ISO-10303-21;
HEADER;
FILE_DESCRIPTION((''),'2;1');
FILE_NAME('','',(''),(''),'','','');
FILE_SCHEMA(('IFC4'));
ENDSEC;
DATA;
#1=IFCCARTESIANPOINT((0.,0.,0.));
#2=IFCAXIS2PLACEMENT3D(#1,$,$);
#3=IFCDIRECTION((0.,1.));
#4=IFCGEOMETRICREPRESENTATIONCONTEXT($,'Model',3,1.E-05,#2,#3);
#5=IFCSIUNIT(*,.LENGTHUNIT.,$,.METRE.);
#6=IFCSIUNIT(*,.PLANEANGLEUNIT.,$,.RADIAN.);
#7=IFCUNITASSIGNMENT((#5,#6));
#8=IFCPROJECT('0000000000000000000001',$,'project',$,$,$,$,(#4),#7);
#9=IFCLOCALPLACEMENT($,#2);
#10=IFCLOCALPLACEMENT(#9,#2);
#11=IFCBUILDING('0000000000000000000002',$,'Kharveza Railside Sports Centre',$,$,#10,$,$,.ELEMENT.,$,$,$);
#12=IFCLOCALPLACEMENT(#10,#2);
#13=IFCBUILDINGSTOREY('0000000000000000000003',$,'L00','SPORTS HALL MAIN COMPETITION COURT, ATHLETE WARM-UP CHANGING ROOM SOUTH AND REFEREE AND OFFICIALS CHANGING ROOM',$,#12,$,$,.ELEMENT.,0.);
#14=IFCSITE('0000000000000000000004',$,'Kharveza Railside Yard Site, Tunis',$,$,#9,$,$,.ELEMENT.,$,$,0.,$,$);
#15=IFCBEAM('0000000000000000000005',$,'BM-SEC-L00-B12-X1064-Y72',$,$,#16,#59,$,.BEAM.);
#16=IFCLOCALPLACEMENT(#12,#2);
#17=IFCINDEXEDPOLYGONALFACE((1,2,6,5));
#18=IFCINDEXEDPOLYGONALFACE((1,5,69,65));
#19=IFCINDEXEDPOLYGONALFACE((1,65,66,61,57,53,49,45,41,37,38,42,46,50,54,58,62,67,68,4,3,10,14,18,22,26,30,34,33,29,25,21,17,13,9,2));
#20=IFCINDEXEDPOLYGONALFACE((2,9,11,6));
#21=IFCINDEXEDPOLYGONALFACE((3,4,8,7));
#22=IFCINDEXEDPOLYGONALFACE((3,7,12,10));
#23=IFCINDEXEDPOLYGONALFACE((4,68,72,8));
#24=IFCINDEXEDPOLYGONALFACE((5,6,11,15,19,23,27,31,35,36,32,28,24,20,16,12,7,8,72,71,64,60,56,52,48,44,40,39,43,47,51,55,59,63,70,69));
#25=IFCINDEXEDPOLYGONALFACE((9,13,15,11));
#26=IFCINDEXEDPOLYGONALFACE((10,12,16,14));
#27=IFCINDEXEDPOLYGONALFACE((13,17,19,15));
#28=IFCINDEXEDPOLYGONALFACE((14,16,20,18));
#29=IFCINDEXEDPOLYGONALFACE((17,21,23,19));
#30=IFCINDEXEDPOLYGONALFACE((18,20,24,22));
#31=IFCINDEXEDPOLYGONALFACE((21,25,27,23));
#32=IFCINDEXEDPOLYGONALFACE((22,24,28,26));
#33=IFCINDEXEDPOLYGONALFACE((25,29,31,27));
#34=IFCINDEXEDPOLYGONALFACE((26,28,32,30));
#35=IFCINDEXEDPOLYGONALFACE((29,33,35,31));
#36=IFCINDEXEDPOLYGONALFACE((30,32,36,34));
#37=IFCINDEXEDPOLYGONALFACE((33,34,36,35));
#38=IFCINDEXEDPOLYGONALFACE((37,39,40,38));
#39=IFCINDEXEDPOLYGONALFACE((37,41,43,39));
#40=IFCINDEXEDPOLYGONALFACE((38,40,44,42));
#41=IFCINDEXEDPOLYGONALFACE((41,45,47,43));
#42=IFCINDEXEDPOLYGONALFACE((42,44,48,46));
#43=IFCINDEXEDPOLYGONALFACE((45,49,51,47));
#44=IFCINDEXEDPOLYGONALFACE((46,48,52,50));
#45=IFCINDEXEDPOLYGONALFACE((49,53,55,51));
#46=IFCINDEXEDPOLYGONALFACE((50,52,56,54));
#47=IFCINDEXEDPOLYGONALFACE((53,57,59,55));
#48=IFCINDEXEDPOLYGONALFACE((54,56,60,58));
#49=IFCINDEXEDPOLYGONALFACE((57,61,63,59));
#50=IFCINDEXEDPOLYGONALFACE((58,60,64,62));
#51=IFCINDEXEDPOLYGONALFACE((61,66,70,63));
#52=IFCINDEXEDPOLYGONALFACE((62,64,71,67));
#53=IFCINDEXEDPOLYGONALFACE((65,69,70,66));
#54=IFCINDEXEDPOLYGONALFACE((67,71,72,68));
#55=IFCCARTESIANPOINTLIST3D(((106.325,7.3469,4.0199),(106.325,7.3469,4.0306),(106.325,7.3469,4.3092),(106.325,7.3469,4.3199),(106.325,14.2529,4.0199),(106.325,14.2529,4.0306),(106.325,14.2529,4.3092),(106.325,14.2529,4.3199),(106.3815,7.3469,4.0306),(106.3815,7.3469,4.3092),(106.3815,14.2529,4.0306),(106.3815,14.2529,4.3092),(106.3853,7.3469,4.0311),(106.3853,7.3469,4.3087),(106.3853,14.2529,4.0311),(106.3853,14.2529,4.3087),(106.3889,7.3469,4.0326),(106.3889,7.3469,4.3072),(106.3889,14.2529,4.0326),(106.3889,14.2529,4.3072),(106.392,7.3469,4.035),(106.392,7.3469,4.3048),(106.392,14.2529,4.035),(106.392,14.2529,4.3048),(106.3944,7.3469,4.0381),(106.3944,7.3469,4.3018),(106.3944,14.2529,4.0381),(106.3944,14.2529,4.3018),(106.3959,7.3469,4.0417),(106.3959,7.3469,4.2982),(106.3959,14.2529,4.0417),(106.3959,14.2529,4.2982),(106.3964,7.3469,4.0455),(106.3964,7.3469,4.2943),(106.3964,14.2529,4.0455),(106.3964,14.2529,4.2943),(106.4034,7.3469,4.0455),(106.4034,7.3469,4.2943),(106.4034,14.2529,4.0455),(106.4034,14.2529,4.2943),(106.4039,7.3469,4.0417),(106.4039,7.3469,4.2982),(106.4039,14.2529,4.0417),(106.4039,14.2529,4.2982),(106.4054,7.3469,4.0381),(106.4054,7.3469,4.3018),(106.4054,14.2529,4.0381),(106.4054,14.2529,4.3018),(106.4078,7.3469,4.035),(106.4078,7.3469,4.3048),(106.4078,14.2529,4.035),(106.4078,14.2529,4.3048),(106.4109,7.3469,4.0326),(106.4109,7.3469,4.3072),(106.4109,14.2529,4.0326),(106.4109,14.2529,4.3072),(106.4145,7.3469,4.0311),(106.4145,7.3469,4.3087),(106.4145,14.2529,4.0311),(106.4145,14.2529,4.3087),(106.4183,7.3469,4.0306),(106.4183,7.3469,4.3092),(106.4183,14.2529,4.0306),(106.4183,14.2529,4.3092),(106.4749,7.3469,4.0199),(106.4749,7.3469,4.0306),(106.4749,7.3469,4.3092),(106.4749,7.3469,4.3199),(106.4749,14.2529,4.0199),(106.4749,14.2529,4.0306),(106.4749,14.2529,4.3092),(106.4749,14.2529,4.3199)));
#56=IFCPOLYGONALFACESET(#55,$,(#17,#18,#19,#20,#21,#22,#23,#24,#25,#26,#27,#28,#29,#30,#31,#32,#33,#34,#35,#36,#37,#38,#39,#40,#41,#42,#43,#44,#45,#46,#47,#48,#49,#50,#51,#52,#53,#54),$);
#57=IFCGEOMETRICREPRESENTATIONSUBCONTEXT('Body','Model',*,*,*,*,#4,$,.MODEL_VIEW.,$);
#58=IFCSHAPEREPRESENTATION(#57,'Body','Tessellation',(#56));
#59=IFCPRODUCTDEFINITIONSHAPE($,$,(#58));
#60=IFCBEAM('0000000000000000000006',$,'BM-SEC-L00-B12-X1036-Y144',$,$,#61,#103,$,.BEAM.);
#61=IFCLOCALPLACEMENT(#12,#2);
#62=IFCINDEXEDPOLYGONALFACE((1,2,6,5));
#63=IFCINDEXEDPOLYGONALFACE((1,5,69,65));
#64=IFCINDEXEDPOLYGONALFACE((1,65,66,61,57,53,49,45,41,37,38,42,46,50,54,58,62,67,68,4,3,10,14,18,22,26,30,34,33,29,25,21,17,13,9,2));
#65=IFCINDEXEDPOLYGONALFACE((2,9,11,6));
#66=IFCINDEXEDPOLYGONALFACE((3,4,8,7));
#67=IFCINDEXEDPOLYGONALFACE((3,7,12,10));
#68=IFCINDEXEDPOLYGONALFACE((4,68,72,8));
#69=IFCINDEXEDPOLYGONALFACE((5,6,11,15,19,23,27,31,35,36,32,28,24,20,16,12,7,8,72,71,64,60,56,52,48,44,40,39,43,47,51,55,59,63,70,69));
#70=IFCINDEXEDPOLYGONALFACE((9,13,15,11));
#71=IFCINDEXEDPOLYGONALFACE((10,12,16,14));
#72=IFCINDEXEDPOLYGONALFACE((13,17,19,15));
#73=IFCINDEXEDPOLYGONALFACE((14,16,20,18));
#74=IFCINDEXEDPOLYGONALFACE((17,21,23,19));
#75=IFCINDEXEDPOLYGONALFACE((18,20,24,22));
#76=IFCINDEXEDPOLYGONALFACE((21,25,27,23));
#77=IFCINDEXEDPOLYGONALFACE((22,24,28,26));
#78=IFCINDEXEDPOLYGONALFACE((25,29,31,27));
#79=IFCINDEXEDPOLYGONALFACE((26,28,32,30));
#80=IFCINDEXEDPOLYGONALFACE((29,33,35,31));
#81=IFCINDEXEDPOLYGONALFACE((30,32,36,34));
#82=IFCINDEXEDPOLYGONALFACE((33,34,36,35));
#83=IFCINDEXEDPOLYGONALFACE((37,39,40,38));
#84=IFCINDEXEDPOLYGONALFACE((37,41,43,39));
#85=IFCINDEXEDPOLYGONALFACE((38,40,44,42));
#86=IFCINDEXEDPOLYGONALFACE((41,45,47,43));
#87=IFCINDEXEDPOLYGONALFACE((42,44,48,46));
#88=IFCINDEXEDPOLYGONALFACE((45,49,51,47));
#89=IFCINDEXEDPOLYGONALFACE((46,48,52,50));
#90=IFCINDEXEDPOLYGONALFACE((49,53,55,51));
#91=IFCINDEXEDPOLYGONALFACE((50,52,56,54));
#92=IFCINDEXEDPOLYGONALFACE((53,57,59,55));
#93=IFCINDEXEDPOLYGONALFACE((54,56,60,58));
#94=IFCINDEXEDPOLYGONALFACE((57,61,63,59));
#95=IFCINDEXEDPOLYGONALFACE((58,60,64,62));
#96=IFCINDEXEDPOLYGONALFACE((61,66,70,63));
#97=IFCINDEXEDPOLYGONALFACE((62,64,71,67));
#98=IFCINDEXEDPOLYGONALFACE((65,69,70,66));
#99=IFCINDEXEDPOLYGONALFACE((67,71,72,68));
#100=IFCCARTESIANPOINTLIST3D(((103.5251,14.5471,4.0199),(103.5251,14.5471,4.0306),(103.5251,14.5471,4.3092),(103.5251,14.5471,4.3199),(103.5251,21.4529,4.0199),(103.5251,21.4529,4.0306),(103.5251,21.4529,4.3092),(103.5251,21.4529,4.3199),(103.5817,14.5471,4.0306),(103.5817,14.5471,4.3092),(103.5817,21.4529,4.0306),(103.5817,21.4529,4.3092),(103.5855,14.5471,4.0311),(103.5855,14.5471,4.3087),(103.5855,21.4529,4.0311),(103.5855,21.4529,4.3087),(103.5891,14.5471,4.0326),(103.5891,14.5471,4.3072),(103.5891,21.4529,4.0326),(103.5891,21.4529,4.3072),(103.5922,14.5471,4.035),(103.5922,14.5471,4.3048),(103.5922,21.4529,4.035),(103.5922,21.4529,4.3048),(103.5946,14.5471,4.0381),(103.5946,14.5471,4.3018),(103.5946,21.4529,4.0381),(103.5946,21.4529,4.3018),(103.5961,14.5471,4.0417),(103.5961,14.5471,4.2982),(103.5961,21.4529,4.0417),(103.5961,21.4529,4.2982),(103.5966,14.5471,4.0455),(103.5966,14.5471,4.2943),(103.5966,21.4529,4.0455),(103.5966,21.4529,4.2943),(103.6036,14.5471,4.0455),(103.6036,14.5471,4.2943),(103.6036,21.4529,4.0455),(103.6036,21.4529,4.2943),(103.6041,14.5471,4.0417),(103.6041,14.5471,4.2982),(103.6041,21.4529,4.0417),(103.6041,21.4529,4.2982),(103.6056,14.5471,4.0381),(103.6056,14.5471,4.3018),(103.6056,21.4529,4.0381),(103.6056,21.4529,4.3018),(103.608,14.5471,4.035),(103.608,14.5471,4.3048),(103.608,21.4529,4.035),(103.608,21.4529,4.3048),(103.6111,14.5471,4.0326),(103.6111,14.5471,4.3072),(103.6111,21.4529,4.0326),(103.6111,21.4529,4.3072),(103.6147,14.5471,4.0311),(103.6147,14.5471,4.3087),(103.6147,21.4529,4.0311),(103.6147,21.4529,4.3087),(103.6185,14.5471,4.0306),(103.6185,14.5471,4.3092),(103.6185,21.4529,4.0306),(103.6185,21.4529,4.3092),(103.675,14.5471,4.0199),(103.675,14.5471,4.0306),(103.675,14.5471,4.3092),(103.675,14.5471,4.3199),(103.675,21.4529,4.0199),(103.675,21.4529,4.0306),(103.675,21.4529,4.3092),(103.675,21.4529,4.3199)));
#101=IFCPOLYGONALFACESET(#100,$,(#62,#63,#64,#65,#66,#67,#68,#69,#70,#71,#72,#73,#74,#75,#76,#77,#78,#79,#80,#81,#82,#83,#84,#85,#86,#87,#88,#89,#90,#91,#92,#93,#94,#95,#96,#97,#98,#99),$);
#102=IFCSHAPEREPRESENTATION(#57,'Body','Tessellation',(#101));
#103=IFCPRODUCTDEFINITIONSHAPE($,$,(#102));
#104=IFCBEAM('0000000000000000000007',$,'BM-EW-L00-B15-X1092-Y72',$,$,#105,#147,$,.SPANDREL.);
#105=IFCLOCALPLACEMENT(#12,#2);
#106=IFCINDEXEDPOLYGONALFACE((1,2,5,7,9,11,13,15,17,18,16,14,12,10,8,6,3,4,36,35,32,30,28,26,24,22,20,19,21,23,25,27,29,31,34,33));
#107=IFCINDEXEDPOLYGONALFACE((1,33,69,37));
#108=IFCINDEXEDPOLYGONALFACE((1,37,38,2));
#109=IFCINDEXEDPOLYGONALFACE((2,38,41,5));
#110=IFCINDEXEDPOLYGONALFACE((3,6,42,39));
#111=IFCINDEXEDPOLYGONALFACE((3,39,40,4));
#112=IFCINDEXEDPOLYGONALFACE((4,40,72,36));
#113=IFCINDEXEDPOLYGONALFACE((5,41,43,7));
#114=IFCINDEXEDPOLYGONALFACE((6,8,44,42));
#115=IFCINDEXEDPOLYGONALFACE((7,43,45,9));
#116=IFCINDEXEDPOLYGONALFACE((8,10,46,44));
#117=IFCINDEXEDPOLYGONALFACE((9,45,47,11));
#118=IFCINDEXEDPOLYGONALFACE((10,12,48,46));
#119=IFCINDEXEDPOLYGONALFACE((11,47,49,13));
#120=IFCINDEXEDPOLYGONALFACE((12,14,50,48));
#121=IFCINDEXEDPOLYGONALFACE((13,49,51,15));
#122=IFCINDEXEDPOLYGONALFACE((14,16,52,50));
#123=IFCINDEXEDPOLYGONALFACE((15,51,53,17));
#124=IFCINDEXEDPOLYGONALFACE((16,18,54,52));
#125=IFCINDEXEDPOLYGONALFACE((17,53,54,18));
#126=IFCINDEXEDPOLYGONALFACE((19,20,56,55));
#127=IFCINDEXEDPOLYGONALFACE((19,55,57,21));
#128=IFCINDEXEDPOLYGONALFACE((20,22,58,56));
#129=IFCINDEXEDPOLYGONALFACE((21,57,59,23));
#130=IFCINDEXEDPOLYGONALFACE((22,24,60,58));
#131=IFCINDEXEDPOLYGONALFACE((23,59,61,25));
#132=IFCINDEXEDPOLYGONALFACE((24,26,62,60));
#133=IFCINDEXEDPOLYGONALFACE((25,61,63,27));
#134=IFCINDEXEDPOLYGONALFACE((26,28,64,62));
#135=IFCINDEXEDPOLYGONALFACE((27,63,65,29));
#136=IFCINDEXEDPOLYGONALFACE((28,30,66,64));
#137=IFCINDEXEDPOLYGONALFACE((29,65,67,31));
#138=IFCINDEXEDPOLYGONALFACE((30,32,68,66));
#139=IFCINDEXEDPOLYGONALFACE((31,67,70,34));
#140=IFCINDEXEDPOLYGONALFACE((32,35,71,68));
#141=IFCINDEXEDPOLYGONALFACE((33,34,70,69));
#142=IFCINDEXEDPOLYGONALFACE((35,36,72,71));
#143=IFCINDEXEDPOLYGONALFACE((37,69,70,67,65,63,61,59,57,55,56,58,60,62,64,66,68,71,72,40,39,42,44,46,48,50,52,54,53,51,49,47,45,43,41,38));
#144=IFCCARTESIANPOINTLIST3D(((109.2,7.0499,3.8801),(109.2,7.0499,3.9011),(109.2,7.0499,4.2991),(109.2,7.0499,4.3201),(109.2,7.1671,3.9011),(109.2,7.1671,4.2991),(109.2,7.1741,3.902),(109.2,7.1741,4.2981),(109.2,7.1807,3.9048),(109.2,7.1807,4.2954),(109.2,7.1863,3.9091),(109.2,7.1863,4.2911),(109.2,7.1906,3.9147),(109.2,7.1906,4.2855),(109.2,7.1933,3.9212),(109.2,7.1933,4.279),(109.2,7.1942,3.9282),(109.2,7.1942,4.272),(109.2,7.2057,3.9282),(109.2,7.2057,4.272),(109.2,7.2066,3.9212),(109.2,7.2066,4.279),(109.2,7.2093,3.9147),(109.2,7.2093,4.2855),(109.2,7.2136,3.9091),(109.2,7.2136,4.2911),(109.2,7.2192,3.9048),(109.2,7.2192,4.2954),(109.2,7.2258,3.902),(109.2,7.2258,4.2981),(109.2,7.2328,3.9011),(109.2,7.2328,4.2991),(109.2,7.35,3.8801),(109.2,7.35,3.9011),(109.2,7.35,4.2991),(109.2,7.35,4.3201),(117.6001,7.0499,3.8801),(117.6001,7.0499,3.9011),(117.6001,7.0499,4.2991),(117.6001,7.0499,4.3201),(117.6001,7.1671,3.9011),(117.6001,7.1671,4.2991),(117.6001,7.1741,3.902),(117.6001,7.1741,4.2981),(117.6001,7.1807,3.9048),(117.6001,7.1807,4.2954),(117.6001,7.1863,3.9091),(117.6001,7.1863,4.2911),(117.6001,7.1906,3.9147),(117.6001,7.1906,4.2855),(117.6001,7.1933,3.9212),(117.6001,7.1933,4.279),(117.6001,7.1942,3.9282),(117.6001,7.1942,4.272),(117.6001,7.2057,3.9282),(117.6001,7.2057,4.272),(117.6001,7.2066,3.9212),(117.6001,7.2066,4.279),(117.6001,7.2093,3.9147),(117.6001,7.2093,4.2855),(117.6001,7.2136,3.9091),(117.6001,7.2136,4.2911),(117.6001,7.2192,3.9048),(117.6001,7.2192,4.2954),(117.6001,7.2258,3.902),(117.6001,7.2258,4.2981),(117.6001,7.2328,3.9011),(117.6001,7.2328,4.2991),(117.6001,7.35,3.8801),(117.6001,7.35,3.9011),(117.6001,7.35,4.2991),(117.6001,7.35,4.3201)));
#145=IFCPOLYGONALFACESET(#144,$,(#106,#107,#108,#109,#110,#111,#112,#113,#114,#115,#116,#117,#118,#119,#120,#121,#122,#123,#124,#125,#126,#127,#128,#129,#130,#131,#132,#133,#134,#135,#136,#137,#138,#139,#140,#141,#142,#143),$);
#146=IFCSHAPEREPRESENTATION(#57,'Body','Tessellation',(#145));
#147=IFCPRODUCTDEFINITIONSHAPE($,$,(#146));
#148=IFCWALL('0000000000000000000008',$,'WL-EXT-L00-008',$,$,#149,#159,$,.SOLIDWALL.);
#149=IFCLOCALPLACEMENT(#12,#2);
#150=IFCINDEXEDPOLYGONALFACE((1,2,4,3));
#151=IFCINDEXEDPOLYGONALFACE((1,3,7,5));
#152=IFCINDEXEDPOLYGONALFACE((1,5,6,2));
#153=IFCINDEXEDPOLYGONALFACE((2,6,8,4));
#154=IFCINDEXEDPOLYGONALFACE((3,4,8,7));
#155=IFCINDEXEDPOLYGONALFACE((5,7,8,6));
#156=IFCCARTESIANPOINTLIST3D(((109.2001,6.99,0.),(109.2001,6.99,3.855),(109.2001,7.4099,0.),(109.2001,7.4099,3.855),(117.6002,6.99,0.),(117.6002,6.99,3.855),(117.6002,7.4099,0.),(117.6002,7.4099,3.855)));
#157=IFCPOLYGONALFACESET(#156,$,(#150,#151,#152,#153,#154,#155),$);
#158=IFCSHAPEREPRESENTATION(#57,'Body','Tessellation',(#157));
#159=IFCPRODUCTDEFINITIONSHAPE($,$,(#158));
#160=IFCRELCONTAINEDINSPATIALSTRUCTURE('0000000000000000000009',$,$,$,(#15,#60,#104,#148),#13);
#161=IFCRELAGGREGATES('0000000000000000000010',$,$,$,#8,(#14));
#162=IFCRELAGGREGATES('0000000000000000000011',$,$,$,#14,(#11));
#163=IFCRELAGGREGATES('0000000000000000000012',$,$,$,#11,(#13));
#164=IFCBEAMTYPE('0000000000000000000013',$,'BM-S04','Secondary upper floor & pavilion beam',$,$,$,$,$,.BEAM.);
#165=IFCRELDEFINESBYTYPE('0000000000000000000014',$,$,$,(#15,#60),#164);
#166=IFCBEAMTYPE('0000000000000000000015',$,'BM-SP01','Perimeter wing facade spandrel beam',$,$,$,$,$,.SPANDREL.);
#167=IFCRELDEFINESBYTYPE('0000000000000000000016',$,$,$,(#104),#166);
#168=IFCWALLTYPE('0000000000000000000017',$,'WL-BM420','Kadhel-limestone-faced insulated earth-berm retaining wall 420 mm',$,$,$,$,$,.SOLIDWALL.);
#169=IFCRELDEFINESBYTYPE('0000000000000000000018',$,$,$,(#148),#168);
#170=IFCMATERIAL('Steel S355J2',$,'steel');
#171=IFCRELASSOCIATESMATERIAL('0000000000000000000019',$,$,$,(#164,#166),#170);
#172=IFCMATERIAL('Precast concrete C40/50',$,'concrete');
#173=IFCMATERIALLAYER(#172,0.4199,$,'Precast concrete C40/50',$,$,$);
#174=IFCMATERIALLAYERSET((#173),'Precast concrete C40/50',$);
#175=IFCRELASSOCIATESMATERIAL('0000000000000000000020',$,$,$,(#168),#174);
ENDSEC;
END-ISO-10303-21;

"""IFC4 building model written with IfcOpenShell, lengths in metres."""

from ifc_helpers import new_model, si_unit, direction, frame, frame_2d, origin, origin_2d, place, context, subcontext, project, spatial, rectangle, i_section, extrude, material, layer, layer_set, material_profile, profile_set, type_object, element, save


model = new_model("IFC4")

# Units and contexts
model_context = context("Model", 3, precision=1e-05, world=origin(), true_north=direction((0.0, 1.0)))
body_context = subcontext(model_context, "Body", "Model", "MODEL_VIEW")
ifc_project = project(units=[si_unit("LENGTHUNIT", "METRE"), si_unit("PLANEANGLEUNIT", "RADIAN")], contexts=[model_context])

# Site, building, storey
site_placement = place(None, origin())
site = spatial("IfcSite", under=ifc_project, at=site_placement, Name="Kharveza Railside Yard Site, Tunis", CompositionType="ELEMENT", RefElevation=0.0)
building_placement = place(site_placement, origin())
building = spatial("IfcBuilding", under=site, at=building_placement, Name="Kharveza Railside Sports Centre", CompositionType="ELEMENT")
storey_placement = place(building_placement, origin())
storey = spatial("IfcBuildingStorey", under=building, at=storey_placement, Name="L00", Description="SPORTS HALL MAIN COMPETITION COURT, ATHLETE WARM-UP CHANGING ROOM SOUTH AND REFEREE AND OFFICIALS CHANGING ROOM", CompositionType="ELEMENT", Elevation=0.0)

# Shared definitions
ifc_material_1 = material(Name="Steel S355J2", Category="steel")

# Beams
ifc_material_profile_1 = material_profile(ifc_material_1, i_section(OverallWidth=0.1499, OverallDepth=0.3, WebThickness=0.0071, FlangeThickness=0.0107, FilletRadius=0.0149, at=origin_2d()), Name="IPE 300")
ifc_profile_set_1 = profile_set([ifc_material_profile_1], Name="Steel S355J2")
beam_type_1 = type_object("IfcBeamType", Name="BM-S04", Description="Secondary upper floor & pavilion beam", PredefinedType="BEAM", material=ifc_profile_set_1)
beam_1_placement = place(storey_placement, frame((106.3999, 7.3469, 4.1699), z_axis=(0.0, 1.0, 0.0), x_axis=(-1.0, 0.0, 0.0)))
element("IfcBeam", 1, at=beam_1_placement, inside=storey, type_object=beam_type_1, Name="BM-SEC-L00-B12-X1064-Y72", PredefinedType="BEAM", context=body_context, shape_type="SweptSolid", body=[
    extrude(i_section(OverallWidth=0.1499, OverallDepth=0.3, WebThickness=0.0071, FlangeThickness=0.0107, FilletRadius=0.0149, at=origin_2d()), origin(), (0.0, 0.0, 1.0), 6.906),
])
beam_2_placement = place(storey_placement, frame((103.6001, 14.5471, 4.1699), z_axis=(0.0, 1.0, 0.0), x_axis=(-1.0, 0.0, 0.0)))
element("IfcBeam", 2, at=beam_2_placement, inside=storey, type_object=beam_type_1, Name="BM-SEC-L00-B12-X1036-Y144", PredefinedType="BEAM", context=body_context, shape_type="SweptSolid", body=[
    extrude(i_section(OverallWidth=0.1499, OverallDepth=0.3, WebThickness=0.0071, FlangeThickness=0.0107, FilletRadius=0.0149, at=origin_2d()), origin(), (0.0, 0.0, 1.0), 6.9058),
])
ifc_material_profile_2 = material_profile(ifc_material_1, i_section(OverallWidth=0.3, OverallDepth=0.4399, WebThickness=0.0115, FlangeThickness=0.021, FilletRadius=0.0271, at=origin_2d()), Name="HEA 450")
ifc_profile_set_2 = profile_set([ifc_material_profile_2], Name="Steel S355J2")
beam_type_2 = type_object("IfcBeamType", Name="BM-SP01", Description="Perimeter wing facade spandrel beam", PredefinedType="SPANDREL", material=ifc_profile_set_2)
beam_3_placement = place(storey_placement, frame((109.2, 7.2, 4.1001), z_axis=(1.0, 0.0, 0.0), x_axis=(0.0, 1.0, 0.0)))
element("IfcBeam", 3, at=beam_3_placement, inside=storey, type_object=beam_type_2, Name="BM-EW-L00-B15-X1092-Y72", PredefinedType="SPANDREL", context=body_context, shape_type="SweptSolid", body=[
    extrude(i_section(OverallWidth=0.3, OverallDepth=0.4399, WebThickness=0.0115, FlangeThickness=0.021, FilletRadius=0.0271, at=origin_2d()), origin(), (0.0, 0.0, 1.0), 8.4001),
])

# Wall
ifc_material_2 = material(Name="Precast concrete C40/50", Category="concrete")
ifc_layer_1 = layer(ifc_material_2, 0.4199, Name="Precast concrete C40/50")
ifc_layer_set_1 = layer_set([ifc_layer_1], Name="Precast concrete C40/50")
wall_type_1 = type_object("IfcWallType", Name="WL-BM420", Description="Kadhel-limestone-faced insulated earth-berm retaining wall 420 mm", PredefinedType="SOLIDWALL", material=ifc_layer_set_1)
wall_1_placement = place(storey_placement, frame((109.2, 7.2, 0.0), z_axis=(0.0, 0.0, 1.0), x_axis=(1.0, 0.0, 0.0)))
element("IfcWall", 4, at=wall_1_placement, inside=storey, type_object=wall_type_1, Name="WL-EXT-L00-008", PredefinedType="SOLIDWALL", context=body_context, shape_type="SweptSolid", body=[
    extrude(rectangle(XDim=8.4001, YDim=0.4199, at=frame_2d((4.2002, 0.0))), origin(), (0.0, 0.0, 1.0), 3.855),
])

save(model, "model.ifc")
